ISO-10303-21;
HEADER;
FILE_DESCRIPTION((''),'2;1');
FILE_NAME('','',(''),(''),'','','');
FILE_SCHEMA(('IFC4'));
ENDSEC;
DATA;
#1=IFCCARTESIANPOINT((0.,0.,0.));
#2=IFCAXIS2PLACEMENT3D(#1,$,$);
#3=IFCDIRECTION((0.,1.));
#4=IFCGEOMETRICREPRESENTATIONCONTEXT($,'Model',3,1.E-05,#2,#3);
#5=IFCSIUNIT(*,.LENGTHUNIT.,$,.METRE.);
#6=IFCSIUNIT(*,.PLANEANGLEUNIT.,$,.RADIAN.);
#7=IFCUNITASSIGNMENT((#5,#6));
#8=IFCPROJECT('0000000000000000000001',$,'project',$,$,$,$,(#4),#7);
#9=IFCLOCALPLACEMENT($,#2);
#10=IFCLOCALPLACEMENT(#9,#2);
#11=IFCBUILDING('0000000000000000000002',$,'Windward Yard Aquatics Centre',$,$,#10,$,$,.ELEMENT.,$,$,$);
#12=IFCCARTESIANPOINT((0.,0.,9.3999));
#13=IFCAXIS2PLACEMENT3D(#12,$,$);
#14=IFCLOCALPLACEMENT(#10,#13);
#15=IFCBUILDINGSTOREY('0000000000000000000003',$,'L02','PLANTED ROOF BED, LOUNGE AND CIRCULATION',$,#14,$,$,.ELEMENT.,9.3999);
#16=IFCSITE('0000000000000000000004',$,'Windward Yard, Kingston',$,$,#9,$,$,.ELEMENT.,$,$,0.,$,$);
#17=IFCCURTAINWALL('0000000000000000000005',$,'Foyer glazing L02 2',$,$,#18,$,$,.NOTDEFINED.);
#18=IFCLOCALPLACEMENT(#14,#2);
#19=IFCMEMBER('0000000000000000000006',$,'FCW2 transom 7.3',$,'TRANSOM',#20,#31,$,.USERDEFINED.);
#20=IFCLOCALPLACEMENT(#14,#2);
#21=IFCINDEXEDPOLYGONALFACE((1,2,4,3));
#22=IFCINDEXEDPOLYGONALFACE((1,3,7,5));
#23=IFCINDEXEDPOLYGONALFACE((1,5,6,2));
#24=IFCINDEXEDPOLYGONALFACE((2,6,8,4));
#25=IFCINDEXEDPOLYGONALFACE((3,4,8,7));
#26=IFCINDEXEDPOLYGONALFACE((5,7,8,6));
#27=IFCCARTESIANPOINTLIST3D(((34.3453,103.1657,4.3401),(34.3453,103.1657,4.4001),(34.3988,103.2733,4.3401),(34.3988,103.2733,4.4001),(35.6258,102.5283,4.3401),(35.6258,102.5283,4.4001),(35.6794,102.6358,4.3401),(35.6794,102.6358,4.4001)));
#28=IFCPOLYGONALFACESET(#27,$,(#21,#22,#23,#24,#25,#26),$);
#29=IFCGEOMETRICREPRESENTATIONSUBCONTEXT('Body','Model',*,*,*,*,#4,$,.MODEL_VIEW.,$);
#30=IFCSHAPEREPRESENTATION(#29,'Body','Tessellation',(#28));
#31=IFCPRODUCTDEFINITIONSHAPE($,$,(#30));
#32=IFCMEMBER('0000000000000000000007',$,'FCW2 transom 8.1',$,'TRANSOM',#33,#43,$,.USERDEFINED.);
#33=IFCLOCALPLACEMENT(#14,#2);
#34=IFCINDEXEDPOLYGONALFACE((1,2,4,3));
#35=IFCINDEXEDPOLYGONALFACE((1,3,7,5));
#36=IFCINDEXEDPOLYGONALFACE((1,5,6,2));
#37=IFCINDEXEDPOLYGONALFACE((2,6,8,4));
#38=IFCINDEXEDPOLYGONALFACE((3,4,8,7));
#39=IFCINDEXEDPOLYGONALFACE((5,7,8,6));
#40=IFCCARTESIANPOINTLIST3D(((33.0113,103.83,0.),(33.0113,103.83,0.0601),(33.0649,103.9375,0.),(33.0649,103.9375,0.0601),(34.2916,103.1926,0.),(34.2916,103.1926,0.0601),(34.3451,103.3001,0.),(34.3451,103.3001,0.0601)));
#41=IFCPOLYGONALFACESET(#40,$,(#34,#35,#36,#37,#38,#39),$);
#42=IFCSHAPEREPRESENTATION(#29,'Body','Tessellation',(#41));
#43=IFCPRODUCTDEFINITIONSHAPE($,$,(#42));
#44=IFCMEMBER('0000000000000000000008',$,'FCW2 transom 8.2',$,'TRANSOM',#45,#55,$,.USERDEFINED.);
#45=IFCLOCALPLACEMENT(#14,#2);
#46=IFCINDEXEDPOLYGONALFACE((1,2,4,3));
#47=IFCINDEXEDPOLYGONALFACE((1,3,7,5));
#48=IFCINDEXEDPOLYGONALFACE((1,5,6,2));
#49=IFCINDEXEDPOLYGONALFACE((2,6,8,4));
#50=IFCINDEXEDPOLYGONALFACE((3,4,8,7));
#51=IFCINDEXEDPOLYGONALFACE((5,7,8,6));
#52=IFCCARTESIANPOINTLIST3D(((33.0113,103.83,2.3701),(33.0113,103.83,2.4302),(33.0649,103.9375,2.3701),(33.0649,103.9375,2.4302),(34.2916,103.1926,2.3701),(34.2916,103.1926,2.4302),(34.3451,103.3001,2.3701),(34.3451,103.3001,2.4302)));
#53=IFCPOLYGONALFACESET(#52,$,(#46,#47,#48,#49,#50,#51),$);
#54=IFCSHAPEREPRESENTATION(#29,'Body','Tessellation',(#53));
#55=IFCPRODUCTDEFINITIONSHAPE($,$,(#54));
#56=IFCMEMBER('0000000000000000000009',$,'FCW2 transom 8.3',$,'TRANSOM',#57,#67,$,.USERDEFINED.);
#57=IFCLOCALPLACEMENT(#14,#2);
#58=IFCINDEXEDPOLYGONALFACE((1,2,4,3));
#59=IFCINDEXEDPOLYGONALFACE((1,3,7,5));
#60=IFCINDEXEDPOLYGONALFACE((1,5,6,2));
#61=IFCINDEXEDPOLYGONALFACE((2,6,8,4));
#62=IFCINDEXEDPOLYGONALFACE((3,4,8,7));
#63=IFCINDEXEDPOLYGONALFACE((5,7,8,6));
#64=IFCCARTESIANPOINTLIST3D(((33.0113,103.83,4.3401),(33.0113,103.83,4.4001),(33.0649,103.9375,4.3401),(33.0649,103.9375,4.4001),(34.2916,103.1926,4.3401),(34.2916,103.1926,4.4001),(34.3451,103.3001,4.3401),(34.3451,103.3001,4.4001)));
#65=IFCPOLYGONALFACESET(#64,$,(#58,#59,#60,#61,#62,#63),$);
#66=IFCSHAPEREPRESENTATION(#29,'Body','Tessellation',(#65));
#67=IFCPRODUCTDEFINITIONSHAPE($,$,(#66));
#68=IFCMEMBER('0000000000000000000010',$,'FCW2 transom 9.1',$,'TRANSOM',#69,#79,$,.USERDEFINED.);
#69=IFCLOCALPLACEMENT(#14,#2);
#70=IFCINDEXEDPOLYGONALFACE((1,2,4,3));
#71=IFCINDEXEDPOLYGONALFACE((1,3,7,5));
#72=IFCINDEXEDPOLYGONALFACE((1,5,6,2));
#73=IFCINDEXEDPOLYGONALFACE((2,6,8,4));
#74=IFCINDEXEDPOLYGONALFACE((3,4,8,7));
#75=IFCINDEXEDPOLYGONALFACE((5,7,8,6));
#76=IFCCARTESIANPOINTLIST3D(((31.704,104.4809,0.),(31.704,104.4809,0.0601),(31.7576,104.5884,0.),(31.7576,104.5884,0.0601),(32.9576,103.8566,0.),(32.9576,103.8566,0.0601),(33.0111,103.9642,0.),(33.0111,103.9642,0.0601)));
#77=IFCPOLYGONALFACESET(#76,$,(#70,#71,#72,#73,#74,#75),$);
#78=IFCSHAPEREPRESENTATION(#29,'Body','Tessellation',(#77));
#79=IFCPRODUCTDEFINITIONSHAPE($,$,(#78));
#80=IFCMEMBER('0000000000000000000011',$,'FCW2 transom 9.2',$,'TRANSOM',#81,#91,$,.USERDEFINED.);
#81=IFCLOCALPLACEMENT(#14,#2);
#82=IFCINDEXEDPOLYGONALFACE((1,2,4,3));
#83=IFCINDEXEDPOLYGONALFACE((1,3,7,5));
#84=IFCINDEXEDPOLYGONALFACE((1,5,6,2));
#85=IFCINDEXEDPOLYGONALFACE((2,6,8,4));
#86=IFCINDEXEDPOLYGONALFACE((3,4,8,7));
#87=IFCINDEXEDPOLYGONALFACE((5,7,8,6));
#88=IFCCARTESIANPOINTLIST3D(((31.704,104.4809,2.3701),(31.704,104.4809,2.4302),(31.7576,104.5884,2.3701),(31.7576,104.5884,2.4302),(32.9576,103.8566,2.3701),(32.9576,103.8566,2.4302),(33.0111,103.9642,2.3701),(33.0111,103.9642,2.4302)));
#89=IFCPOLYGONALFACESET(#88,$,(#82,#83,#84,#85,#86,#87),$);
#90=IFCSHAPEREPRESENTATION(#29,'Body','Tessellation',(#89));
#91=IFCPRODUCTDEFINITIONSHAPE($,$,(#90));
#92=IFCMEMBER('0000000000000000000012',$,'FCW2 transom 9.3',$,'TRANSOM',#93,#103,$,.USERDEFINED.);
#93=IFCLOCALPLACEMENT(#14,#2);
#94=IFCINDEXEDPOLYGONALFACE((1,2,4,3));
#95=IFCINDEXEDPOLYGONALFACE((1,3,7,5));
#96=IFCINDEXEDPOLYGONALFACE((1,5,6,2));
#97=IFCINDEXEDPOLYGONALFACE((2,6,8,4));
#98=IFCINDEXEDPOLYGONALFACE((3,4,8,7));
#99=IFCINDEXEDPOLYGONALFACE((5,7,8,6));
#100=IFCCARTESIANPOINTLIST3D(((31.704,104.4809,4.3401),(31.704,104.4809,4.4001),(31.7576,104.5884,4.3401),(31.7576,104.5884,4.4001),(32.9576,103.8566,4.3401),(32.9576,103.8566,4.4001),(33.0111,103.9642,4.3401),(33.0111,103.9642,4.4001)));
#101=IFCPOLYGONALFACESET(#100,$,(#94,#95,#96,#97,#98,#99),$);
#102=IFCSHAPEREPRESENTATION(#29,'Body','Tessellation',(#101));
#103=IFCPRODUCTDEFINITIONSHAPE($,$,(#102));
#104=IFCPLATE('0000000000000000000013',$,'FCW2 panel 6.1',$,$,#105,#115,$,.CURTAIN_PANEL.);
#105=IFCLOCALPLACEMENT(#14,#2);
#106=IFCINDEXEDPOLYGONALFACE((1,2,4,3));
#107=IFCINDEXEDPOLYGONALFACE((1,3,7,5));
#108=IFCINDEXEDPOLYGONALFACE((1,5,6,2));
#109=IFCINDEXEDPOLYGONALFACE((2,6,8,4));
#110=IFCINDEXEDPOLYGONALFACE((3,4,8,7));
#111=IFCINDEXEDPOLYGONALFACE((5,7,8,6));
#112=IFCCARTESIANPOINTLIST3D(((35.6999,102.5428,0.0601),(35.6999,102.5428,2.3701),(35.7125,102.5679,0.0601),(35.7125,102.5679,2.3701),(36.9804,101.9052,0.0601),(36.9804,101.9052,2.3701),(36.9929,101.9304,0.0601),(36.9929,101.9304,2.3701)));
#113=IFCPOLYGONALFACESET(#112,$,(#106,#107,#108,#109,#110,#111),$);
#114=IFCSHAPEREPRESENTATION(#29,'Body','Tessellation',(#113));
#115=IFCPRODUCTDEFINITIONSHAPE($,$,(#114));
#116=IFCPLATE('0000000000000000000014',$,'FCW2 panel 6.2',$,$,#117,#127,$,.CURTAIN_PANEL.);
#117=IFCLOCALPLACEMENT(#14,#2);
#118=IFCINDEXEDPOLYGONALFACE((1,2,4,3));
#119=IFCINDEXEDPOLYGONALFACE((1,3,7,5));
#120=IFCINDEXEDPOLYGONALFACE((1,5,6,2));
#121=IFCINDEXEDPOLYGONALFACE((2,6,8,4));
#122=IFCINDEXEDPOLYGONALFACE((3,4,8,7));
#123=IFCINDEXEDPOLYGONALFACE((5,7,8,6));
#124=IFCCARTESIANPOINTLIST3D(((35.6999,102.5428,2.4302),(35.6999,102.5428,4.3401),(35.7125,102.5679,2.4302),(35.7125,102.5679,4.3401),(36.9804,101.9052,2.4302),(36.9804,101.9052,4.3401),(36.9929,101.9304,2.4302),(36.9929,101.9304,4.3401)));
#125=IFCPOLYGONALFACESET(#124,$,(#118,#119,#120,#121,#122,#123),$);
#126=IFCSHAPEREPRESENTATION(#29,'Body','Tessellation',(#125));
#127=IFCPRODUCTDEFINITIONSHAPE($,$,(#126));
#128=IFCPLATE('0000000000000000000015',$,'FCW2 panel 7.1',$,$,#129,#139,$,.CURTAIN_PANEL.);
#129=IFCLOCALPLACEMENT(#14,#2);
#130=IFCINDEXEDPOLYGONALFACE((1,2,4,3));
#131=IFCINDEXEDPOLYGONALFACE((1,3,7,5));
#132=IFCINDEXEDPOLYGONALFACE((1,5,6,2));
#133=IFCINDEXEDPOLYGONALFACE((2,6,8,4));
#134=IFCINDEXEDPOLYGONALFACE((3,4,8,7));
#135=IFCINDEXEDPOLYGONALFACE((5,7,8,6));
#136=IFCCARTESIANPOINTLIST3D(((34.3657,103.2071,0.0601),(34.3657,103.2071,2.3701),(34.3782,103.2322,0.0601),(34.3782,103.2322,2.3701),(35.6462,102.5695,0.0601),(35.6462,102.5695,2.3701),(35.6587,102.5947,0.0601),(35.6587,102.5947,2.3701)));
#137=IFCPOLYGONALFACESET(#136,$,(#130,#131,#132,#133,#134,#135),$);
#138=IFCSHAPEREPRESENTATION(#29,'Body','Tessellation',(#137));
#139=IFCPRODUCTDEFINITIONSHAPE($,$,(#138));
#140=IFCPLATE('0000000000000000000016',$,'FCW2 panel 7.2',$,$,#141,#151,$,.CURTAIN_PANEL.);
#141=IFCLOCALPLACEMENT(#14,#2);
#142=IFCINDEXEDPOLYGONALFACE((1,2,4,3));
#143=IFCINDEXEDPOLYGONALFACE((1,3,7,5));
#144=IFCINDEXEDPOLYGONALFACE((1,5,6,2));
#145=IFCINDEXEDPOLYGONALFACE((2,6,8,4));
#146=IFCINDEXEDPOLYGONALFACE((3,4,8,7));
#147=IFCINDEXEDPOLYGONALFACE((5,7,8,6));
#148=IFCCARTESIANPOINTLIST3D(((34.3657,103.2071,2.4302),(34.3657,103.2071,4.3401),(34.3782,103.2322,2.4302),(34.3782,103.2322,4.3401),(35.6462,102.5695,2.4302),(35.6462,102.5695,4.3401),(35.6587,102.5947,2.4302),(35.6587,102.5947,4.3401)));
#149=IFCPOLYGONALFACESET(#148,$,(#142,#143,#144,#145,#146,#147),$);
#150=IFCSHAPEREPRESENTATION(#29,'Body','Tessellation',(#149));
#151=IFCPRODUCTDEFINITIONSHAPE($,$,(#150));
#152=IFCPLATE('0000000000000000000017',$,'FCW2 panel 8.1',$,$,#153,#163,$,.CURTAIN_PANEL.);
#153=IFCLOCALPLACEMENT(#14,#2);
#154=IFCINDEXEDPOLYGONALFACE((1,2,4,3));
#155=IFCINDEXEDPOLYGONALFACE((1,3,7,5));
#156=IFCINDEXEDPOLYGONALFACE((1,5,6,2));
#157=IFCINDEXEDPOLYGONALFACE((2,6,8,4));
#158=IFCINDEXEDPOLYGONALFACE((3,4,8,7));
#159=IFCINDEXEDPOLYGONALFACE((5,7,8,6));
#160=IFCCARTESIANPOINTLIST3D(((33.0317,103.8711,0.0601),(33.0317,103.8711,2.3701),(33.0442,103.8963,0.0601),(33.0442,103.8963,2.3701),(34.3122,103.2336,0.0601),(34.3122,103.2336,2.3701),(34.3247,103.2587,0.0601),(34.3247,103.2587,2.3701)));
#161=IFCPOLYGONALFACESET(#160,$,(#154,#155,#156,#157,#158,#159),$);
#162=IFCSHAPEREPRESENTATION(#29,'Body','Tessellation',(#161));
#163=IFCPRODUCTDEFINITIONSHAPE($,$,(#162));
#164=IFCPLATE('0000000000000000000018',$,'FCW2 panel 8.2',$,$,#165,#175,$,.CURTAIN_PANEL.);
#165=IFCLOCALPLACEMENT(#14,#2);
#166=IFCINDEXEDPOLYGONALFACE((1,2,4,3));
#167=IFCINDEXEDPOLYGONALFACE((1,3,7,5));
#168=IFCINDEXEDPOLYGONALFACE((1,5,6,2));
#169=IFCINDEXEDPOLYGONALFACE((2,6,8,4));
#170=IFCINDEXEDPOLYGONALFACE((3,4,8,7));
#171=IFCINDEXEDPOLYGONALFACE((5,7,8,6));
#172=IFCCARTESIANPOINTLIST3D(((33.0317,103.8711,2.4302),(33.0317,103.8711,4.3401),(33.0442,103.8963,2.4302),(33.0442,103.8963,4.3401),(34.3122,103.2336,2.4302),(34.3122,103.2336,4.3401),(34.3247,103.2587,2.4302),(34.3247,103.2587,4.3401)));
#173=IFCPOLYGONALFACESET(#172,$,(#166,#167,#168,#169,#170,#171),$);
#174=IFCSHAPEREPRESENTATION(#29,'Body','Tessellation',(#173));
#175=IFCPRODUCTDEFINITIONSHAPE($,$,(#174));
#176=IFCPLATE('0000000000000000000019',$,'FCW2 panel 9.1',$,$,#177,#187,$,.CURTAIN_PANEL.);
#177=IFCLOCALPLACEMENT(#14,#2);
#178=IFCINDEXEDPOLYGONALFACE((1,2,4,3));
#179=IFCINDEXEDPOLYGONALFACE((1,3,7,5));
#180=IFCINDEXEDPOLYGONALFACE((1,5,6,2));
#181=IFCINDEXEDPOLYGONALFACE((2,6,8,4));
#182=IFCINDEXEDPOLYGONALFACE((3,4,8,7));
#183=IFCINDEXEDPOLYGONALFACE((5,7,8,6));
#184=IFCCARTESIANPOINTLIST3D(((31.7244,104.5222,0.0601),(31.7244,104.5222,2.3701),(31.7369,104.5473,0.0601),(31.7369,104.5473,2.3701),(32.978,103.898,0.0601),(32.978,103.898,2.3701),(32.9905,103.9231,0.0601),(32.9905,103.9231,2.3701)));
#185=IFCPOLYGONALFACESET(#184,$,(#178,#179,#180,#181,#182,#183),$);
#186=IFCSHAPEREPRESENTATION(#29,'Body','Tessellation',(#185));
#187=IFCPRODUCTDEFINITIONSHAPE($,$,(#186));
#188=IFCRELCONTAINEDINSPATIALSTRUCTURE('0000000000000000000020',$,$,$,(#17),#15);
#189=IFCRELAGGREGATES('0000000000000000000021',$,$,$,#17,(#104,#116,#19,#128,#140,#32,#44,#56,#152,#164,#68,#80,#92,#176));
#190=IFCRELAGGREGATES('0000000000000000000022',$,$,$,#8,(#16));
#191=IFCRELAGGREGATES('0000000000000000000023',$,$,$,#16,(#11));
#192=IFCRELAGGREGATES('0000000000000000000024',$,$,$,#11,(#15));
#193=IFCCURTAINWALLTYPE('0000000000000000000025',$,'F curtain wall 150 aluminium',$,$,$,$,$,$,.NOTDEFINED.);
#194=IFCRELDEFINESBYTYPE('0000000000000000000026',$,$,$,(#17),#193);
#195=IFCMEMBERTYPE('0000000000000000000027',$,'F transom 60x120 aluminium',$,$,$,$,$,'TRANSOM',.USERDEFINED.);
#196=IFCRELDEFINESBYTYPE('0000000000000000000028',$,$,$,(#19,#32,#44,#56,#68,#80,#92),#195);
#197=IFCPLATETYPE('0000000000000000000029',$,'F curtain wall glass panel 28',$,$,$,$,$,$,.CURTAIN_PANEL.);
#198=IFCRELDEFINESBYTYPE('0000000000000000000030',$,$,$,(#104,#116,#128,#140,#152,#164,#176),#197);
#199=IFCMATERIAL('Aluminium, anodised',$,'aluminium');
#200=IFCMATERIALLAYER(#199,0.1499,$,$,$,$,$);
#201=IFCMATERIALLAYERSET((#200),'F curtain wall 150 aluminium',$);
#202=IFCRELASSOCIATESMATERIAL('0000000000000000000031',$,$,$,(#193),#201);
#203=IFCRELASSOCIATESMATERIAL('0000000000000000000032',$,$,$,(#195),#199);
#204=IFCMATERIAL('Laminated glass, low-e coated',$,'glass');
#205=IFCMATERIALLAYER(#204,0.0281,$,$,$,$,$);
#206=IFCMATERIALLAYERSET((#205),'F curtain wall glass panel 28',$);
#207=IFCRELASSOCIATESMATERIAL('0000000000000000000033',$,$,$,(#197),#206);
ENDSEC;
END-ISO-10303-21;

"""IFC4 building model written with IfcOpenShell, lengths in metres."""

from ifc_helpers import new_model, si_unit, direction, frame, origin, origin_2d, place, context, subcontext, project, spatial, rectangle, extrude, material, layer, layer_set, material_profile, profile_set, type_object, element, aggregate, save


model = new_model("IFC4")

# Units and contexts
model_context = context("Model", 3, precision=1e-05, world=origin(), true_north=direction((0.0, 1.0)))
body_context = subcontext(model_context, "Body", "Model", "MODEL_VIEW")
ifc_project = project(units=[si_unit("LENGTHUNIT", "METRE"), si_unit("PLANEANGLEUNIT", "RADIAN")], contexts=[model_context])

# Site, building, storey
site_placement = place(None, origin())
site = spatial("IfcSite", under=ifc_project, at=site_placement, Name="Windward Yard, Kingston", CompositionType="ELEMENT", RefElevation=0.0)
building_placement = place(site_placement, origin())
building = spatial("IfcBuilding", under=site, at=building_placement, Name="Windward Yard Aquatics Centre", CompositionType="ELEMENT")
storey_placement = place(building_placement, frame((0.0, 0.0, 9.3999)))
storey = spatial("IfcBuildingStorey", under=building, at=storey_placement, Name="L02", Description="PLANTED ROOF BED, LOUNGE AND CIRCULATION", CompositionType="ELEMENT", Elevation=9.3999)

# Curtain wall, members, plates
ifc_material_1 = material(Name="Aluminium, anodised", Category="aluminium")
ifc_layer_1 = layer(ifc_material_1, 0.1499)
ifc_layer_set_1 = layer_set([ifc_layer_1], Name="F curtain wall 150 aluminium")
curtain_wall_type = type_object("IfcCurtainWallType", Name="F curtain wall 150 aluminium", PredefinedType="NOTDEFINED", material=ifc_layer_set_1)
curtain_wall_placement = place(storey_placement, origin())
curtain_wall = element("IfcCurtainWall", 1, at=curtain_wall_placement, inside=storey, type_object=curtain_wall_type, Name="Foyer glazing L02 2", PredefinedType="NOTDEFINED")
ifc_material_profile_1 = material_profile(ifc_material_1, rectangle(XDim=0.1201, YDim=0.0601, at=origin_2d()), Name="TRANSOM 60x120")
ifc_profile_set_1 = profile_set([ifc_material_profile_1], Name="Aluminium, anodised")
member_type_1 = type_object("IfcMemberType", Name="F transom 60x120 aluminium", ElementType="TRANSOM", PredefinedType="USERDEFINED", material=ifc_profile_set_1)
member_1_placement = place(storey_placement, frame((35.6526, 102.582, 4.3701), z_axis=(-0.895211, 0.445643, 0.0), x_axis=(-0.445643, -0.895211, 0.0)))
member_1 = element("IfcMember", 2, at=member_1_placement, type_object=member_type_1, Name="FCW2 transom 7.3", ObjectType="TRANSOM", PredefinedType="USERDEFINED", context=body_context, shape_type="SweptSolid", body=[
    extrude(rectangle(XDim=0.1201, YDim=0.0601, at=origin_2d()), origin(), (0.0, 0.0, 1.0), 1.4304),
])
member_2_placement = place(storey_placement, frame((34.3184, 103.2463, 0.03), z_axis=(-0.895177, 0.445711, 0.0), x_axis=(-0.445711, -0.895177, 0.0)))
member_2 = element("IfcMember", 3, at=member_2_placement, type_object=member_type_1, Name="FCW2 transom 8.1", ObjectType="TRANSOM", PredefinedType="USERDEFINED", context=body_context, shape_type="SweptSolid", body=[
    extrude(rectangle(XDim=0.1201, YDim=0.0601, at=origin_2d()), origin(), (0.0, 0.0, 1.0), 1.4302),
])
member_3_placement = place(storey_placement, frame((34.3184, 103.2463, 2.4001), z_axis=(-0.895177, 0.445711, 0.0), x_axis=(-0.445711, -0.895177, 0.0)))
member_3 = element("IfcMember", 4, at=member_3_placement, type_object=member_type_1, Name="FCW2 transom 8.2", ObjectType="TRANSOM", PredefinedType="USERDEFINED", context=body_context, shape_type="SweptSolid", body=[
    extrude(rectangle(XDim=0.1201, YDim=0.0601, at=origin_2d()), origin(), (0.0, 0.0, 1.0), 1.4302),
])
member_4_placement = place(storey_placement, frame((34.3184, 103.2463, 4.3701), z_axis=(-0.895177, 0.445711, 0.0), x_axis=(-0.445711, -0.895177, 0.0)))
member_4 = element("IfcMember", 5, at=member_4_placement, type_object=member_type_1, Name="FCW2 transom 8.3", ObjectType="TRANSOM", PredefinedType="USERDEFINED", context=body_context, shape_type="SweptSolid", body=[
    extrude(rectangle(XDim=0.1201, YDim=0.0601, at=origin_2d()), origin(), (0.0, 0.0, 1.0), 1.4302),
])
member_5_placement = place(storey_placement, frame((32.9844, 103.9104, 0.03), z_axis=(-0.895158, 0.445749, 0.0), x_axis=(-0.445749, -0.895158, 0.0)))
member_5 = element("IfcMember", 6, at=member_5_placement, type_object=member_type_1, Name="FCW2 transom 9.1", ObjectType="TRANSOM", PredefinedType="USERDEFINED", context=body_context, shape_type="SweptSolid", body=[
    extrude(rectangle(XDim=0.1201, YDim=0.0601, at=origin_2d()), origin(), (0.0, 0.0, 1.0), 1.4004),
])
member_6_placement = place(storey_placement, frame((32.9844, 103.9104, 2.4001), z_axis=(-0.895158, 0.445749, 0.0), x_axis=(-0.445749, -0.895158, 0.0)))
member_6 = element("IfcMember", 7, at=member_6_placement, type_object=member_type_1, Name="FCW2 transom 9.2", ObjectType="TRANSOM", PredefinedType="USERDEFINED", context=body_context, shape_type="SweptSolid", body=[
    extrude(rectangle(XDim=0.1201, YDim=0.0601, at=origin_2d()), origin(), (0.0, 0.0, 1.0), 1.4004),
])
member_7_placement = place(storey_placement, frame((32.9844, 103.9104, 4.3701), z_axis=(-0.895158, 0.445749, 0.0), x_axis=(-0.445749, -0.895158, 0.0)))
member_7 = element("IfcMember", 8, at=member_7_placement, type_object=member_type_1, Name="FCW2 transom 9.3", ObjectType="TRANSOM", PredefinedType="USERDEFINED", context=body_context, shape_type="SweptSolid", body=[
    extrude(rectangle(XDim=0.1201, YDim=0.0601, at=origin_2d()), origin(), (0.0, 0.0, 1.0), 1.4004),
])
ifc_material_2 = material(Name="Laminated glass, low-e coated", Category="glass")
ifc_layer_2 = layer(ifc_material_2, 0.0281)
ifc_layer_set_2 = layer_set([ifc_layer_2], Name="F curtain wall glass panel 28")
plate_type_1 = type_object("IfcPlateType", Name="F curtain wall glass panel 28", PredefinedType="CURTAIN_PANEL", material=ifc_layer_set_2)
plate_1_placement = place(storey_placement, frame((36.3464, 102.2366, 0.0601), z_axis=(0.0, 0.0, 1.0), x_axis=(-0.895179, 0.445707, 0.0)))
plate_1 = element("IfcPlate", 9, at=plate_1_placement, type_object=plate_type_1, Name="FCW2 panel 6.1", PredefinedType="CURTAIN_PANEL", context=body_context, shape_type="SweptSolid", body=[
    extrude(rectangle(XDim=1.4304, YDim=0.0281, at=origin_2d()), origin(), (0.0, 0.0, 1.0), 2.3101),
])
plate_2_placement = place(storey_placement, frame((36.3464, 102.2366, 2.4302), z_axis=(0.0, 0.0, 1.0), x_axis=(-0.895179, 0.445707, 0.0)))
plate_2 = element("IfcPlate", 10, at=plate_2_placement, type_object=plate_type_1, Name="FCW2 panel 6.2", PredefinedType="CURTAIN_PANEL", context=body_context, shape_type="SweptSolid", body=[
    extrude(rectangle(XDim=1.4304, YDim=0.0281, at=origin_2d()), origin(), (0.0, 0.0, 1.0), 1.9099),
])
plate_3_placement = place(storey_placement, frame((35.0122, 102.9009, 0.0601), z_axis=(0.0, 0.0, 1.0), x_axis=(-0.895179, 0.445707, 0.0)))
plate_3 = element("IfcPlate", 11, at=plate_3_placement, type_object=plate_type_1, Name="FCW2 panel 7.1", PredefinedType="CURTAIN_PANEL", context=body_context, shape_type="SweptSolid", body=[
    extrude(rectangle(XDim=1.4304, YDim=0.0281, at=origin_2d()), origin(), (0.0, 0.0, 1.0), 2.3101),
])
plate_4_placement = place(storey_placement, frame((35.0122, 102.9009, 2.4302), z_axis=(0.0, 0.0, 1.0), x_axis=(-0.895179, 0.445707, 0.0)))
plate_4 = element("IfcPlate", 12, at=plate_4_placement, type_object=plate_type_1, Name="FCW2 panel 7.2", PredefinedType="CURTAIN_PANEL", context=body_context, shape_type="SweptSolid", body=[
    extrude(rectangle(XDim=1.4304, YDim=0.0281, at=origin_2d()), origin(), (0.0, 0.0, 1.0), 1.9099),
])
plate_5_placement = place(storey_placement, frame((33.6782, 103.5649, 0.0601), z_axis=(0.0, 0.0, 1.0), x_axis=(-0.895179, 0.445707, 0.0)))
plate_5 = element("IfcPlate", 13, at=plate_5_placement, type_object=plate_type_1, Name="FCW2 panel 8.1", PredefinedType="CURTAIN_PANEL", context=body_context, shape_type="SweptSolid", body=[
    extrude(rectangle(XDim=1.4304, YDim=0.0281, at=origin_2d()), origin(), (0.0, 0.0, 1.0), 2.3101),
])
plate_6_placement = place(storey_placement, frame((33.6782, 103.5649, 2.4302), z_axis=(0.0, 0.0, 1.0), x_axis=(-0.895179, 0.445707, 0.0)))
plate_6 = element("IfcPlate", 14, at=plate_6_placement, type_object=plate_type_1, Name="FCW2 panel 8.2", PredefinedType="CURTAIN_PANEL", context=body_context, shape_type="SweptSolid", body=[
    extrude(rectangle(XDim=1.4304, YDim=0.0281, at=origin_2d()), origin(), (0.0, 0.0, 1.0), 1.9099),
])
plate_7_placement = place(storey_placement, frame((32.3574, 104.2227, 0.0601), z_axis=(0.0, 0.0, 1.0), x_axis=(-0.895179, 0.445707, 0.0)))
plate_7 = element("IfcPlate", 15, at=plate_7_placement, type_object=plate_type_1, Name="FCW2 panel 9.1", PredefinedType="CURTAIN_PANEL", context=body_context, shape_type="SweptSolid", body=[
    extrude(rectangle(XDim=1.4004, YDim=0.0281, at=origin_2d()), origin(), (0.0, 0.0, 1.0), 2.3101),
])
aggregate(curtain_wall, [plate_1, plate_2, member_1, plate_3, plate_4, member_2, member_3, member_4, plate_5, plate_6, member_5, member_6, member_7, plate_7])

save(model, "model.ifc")
